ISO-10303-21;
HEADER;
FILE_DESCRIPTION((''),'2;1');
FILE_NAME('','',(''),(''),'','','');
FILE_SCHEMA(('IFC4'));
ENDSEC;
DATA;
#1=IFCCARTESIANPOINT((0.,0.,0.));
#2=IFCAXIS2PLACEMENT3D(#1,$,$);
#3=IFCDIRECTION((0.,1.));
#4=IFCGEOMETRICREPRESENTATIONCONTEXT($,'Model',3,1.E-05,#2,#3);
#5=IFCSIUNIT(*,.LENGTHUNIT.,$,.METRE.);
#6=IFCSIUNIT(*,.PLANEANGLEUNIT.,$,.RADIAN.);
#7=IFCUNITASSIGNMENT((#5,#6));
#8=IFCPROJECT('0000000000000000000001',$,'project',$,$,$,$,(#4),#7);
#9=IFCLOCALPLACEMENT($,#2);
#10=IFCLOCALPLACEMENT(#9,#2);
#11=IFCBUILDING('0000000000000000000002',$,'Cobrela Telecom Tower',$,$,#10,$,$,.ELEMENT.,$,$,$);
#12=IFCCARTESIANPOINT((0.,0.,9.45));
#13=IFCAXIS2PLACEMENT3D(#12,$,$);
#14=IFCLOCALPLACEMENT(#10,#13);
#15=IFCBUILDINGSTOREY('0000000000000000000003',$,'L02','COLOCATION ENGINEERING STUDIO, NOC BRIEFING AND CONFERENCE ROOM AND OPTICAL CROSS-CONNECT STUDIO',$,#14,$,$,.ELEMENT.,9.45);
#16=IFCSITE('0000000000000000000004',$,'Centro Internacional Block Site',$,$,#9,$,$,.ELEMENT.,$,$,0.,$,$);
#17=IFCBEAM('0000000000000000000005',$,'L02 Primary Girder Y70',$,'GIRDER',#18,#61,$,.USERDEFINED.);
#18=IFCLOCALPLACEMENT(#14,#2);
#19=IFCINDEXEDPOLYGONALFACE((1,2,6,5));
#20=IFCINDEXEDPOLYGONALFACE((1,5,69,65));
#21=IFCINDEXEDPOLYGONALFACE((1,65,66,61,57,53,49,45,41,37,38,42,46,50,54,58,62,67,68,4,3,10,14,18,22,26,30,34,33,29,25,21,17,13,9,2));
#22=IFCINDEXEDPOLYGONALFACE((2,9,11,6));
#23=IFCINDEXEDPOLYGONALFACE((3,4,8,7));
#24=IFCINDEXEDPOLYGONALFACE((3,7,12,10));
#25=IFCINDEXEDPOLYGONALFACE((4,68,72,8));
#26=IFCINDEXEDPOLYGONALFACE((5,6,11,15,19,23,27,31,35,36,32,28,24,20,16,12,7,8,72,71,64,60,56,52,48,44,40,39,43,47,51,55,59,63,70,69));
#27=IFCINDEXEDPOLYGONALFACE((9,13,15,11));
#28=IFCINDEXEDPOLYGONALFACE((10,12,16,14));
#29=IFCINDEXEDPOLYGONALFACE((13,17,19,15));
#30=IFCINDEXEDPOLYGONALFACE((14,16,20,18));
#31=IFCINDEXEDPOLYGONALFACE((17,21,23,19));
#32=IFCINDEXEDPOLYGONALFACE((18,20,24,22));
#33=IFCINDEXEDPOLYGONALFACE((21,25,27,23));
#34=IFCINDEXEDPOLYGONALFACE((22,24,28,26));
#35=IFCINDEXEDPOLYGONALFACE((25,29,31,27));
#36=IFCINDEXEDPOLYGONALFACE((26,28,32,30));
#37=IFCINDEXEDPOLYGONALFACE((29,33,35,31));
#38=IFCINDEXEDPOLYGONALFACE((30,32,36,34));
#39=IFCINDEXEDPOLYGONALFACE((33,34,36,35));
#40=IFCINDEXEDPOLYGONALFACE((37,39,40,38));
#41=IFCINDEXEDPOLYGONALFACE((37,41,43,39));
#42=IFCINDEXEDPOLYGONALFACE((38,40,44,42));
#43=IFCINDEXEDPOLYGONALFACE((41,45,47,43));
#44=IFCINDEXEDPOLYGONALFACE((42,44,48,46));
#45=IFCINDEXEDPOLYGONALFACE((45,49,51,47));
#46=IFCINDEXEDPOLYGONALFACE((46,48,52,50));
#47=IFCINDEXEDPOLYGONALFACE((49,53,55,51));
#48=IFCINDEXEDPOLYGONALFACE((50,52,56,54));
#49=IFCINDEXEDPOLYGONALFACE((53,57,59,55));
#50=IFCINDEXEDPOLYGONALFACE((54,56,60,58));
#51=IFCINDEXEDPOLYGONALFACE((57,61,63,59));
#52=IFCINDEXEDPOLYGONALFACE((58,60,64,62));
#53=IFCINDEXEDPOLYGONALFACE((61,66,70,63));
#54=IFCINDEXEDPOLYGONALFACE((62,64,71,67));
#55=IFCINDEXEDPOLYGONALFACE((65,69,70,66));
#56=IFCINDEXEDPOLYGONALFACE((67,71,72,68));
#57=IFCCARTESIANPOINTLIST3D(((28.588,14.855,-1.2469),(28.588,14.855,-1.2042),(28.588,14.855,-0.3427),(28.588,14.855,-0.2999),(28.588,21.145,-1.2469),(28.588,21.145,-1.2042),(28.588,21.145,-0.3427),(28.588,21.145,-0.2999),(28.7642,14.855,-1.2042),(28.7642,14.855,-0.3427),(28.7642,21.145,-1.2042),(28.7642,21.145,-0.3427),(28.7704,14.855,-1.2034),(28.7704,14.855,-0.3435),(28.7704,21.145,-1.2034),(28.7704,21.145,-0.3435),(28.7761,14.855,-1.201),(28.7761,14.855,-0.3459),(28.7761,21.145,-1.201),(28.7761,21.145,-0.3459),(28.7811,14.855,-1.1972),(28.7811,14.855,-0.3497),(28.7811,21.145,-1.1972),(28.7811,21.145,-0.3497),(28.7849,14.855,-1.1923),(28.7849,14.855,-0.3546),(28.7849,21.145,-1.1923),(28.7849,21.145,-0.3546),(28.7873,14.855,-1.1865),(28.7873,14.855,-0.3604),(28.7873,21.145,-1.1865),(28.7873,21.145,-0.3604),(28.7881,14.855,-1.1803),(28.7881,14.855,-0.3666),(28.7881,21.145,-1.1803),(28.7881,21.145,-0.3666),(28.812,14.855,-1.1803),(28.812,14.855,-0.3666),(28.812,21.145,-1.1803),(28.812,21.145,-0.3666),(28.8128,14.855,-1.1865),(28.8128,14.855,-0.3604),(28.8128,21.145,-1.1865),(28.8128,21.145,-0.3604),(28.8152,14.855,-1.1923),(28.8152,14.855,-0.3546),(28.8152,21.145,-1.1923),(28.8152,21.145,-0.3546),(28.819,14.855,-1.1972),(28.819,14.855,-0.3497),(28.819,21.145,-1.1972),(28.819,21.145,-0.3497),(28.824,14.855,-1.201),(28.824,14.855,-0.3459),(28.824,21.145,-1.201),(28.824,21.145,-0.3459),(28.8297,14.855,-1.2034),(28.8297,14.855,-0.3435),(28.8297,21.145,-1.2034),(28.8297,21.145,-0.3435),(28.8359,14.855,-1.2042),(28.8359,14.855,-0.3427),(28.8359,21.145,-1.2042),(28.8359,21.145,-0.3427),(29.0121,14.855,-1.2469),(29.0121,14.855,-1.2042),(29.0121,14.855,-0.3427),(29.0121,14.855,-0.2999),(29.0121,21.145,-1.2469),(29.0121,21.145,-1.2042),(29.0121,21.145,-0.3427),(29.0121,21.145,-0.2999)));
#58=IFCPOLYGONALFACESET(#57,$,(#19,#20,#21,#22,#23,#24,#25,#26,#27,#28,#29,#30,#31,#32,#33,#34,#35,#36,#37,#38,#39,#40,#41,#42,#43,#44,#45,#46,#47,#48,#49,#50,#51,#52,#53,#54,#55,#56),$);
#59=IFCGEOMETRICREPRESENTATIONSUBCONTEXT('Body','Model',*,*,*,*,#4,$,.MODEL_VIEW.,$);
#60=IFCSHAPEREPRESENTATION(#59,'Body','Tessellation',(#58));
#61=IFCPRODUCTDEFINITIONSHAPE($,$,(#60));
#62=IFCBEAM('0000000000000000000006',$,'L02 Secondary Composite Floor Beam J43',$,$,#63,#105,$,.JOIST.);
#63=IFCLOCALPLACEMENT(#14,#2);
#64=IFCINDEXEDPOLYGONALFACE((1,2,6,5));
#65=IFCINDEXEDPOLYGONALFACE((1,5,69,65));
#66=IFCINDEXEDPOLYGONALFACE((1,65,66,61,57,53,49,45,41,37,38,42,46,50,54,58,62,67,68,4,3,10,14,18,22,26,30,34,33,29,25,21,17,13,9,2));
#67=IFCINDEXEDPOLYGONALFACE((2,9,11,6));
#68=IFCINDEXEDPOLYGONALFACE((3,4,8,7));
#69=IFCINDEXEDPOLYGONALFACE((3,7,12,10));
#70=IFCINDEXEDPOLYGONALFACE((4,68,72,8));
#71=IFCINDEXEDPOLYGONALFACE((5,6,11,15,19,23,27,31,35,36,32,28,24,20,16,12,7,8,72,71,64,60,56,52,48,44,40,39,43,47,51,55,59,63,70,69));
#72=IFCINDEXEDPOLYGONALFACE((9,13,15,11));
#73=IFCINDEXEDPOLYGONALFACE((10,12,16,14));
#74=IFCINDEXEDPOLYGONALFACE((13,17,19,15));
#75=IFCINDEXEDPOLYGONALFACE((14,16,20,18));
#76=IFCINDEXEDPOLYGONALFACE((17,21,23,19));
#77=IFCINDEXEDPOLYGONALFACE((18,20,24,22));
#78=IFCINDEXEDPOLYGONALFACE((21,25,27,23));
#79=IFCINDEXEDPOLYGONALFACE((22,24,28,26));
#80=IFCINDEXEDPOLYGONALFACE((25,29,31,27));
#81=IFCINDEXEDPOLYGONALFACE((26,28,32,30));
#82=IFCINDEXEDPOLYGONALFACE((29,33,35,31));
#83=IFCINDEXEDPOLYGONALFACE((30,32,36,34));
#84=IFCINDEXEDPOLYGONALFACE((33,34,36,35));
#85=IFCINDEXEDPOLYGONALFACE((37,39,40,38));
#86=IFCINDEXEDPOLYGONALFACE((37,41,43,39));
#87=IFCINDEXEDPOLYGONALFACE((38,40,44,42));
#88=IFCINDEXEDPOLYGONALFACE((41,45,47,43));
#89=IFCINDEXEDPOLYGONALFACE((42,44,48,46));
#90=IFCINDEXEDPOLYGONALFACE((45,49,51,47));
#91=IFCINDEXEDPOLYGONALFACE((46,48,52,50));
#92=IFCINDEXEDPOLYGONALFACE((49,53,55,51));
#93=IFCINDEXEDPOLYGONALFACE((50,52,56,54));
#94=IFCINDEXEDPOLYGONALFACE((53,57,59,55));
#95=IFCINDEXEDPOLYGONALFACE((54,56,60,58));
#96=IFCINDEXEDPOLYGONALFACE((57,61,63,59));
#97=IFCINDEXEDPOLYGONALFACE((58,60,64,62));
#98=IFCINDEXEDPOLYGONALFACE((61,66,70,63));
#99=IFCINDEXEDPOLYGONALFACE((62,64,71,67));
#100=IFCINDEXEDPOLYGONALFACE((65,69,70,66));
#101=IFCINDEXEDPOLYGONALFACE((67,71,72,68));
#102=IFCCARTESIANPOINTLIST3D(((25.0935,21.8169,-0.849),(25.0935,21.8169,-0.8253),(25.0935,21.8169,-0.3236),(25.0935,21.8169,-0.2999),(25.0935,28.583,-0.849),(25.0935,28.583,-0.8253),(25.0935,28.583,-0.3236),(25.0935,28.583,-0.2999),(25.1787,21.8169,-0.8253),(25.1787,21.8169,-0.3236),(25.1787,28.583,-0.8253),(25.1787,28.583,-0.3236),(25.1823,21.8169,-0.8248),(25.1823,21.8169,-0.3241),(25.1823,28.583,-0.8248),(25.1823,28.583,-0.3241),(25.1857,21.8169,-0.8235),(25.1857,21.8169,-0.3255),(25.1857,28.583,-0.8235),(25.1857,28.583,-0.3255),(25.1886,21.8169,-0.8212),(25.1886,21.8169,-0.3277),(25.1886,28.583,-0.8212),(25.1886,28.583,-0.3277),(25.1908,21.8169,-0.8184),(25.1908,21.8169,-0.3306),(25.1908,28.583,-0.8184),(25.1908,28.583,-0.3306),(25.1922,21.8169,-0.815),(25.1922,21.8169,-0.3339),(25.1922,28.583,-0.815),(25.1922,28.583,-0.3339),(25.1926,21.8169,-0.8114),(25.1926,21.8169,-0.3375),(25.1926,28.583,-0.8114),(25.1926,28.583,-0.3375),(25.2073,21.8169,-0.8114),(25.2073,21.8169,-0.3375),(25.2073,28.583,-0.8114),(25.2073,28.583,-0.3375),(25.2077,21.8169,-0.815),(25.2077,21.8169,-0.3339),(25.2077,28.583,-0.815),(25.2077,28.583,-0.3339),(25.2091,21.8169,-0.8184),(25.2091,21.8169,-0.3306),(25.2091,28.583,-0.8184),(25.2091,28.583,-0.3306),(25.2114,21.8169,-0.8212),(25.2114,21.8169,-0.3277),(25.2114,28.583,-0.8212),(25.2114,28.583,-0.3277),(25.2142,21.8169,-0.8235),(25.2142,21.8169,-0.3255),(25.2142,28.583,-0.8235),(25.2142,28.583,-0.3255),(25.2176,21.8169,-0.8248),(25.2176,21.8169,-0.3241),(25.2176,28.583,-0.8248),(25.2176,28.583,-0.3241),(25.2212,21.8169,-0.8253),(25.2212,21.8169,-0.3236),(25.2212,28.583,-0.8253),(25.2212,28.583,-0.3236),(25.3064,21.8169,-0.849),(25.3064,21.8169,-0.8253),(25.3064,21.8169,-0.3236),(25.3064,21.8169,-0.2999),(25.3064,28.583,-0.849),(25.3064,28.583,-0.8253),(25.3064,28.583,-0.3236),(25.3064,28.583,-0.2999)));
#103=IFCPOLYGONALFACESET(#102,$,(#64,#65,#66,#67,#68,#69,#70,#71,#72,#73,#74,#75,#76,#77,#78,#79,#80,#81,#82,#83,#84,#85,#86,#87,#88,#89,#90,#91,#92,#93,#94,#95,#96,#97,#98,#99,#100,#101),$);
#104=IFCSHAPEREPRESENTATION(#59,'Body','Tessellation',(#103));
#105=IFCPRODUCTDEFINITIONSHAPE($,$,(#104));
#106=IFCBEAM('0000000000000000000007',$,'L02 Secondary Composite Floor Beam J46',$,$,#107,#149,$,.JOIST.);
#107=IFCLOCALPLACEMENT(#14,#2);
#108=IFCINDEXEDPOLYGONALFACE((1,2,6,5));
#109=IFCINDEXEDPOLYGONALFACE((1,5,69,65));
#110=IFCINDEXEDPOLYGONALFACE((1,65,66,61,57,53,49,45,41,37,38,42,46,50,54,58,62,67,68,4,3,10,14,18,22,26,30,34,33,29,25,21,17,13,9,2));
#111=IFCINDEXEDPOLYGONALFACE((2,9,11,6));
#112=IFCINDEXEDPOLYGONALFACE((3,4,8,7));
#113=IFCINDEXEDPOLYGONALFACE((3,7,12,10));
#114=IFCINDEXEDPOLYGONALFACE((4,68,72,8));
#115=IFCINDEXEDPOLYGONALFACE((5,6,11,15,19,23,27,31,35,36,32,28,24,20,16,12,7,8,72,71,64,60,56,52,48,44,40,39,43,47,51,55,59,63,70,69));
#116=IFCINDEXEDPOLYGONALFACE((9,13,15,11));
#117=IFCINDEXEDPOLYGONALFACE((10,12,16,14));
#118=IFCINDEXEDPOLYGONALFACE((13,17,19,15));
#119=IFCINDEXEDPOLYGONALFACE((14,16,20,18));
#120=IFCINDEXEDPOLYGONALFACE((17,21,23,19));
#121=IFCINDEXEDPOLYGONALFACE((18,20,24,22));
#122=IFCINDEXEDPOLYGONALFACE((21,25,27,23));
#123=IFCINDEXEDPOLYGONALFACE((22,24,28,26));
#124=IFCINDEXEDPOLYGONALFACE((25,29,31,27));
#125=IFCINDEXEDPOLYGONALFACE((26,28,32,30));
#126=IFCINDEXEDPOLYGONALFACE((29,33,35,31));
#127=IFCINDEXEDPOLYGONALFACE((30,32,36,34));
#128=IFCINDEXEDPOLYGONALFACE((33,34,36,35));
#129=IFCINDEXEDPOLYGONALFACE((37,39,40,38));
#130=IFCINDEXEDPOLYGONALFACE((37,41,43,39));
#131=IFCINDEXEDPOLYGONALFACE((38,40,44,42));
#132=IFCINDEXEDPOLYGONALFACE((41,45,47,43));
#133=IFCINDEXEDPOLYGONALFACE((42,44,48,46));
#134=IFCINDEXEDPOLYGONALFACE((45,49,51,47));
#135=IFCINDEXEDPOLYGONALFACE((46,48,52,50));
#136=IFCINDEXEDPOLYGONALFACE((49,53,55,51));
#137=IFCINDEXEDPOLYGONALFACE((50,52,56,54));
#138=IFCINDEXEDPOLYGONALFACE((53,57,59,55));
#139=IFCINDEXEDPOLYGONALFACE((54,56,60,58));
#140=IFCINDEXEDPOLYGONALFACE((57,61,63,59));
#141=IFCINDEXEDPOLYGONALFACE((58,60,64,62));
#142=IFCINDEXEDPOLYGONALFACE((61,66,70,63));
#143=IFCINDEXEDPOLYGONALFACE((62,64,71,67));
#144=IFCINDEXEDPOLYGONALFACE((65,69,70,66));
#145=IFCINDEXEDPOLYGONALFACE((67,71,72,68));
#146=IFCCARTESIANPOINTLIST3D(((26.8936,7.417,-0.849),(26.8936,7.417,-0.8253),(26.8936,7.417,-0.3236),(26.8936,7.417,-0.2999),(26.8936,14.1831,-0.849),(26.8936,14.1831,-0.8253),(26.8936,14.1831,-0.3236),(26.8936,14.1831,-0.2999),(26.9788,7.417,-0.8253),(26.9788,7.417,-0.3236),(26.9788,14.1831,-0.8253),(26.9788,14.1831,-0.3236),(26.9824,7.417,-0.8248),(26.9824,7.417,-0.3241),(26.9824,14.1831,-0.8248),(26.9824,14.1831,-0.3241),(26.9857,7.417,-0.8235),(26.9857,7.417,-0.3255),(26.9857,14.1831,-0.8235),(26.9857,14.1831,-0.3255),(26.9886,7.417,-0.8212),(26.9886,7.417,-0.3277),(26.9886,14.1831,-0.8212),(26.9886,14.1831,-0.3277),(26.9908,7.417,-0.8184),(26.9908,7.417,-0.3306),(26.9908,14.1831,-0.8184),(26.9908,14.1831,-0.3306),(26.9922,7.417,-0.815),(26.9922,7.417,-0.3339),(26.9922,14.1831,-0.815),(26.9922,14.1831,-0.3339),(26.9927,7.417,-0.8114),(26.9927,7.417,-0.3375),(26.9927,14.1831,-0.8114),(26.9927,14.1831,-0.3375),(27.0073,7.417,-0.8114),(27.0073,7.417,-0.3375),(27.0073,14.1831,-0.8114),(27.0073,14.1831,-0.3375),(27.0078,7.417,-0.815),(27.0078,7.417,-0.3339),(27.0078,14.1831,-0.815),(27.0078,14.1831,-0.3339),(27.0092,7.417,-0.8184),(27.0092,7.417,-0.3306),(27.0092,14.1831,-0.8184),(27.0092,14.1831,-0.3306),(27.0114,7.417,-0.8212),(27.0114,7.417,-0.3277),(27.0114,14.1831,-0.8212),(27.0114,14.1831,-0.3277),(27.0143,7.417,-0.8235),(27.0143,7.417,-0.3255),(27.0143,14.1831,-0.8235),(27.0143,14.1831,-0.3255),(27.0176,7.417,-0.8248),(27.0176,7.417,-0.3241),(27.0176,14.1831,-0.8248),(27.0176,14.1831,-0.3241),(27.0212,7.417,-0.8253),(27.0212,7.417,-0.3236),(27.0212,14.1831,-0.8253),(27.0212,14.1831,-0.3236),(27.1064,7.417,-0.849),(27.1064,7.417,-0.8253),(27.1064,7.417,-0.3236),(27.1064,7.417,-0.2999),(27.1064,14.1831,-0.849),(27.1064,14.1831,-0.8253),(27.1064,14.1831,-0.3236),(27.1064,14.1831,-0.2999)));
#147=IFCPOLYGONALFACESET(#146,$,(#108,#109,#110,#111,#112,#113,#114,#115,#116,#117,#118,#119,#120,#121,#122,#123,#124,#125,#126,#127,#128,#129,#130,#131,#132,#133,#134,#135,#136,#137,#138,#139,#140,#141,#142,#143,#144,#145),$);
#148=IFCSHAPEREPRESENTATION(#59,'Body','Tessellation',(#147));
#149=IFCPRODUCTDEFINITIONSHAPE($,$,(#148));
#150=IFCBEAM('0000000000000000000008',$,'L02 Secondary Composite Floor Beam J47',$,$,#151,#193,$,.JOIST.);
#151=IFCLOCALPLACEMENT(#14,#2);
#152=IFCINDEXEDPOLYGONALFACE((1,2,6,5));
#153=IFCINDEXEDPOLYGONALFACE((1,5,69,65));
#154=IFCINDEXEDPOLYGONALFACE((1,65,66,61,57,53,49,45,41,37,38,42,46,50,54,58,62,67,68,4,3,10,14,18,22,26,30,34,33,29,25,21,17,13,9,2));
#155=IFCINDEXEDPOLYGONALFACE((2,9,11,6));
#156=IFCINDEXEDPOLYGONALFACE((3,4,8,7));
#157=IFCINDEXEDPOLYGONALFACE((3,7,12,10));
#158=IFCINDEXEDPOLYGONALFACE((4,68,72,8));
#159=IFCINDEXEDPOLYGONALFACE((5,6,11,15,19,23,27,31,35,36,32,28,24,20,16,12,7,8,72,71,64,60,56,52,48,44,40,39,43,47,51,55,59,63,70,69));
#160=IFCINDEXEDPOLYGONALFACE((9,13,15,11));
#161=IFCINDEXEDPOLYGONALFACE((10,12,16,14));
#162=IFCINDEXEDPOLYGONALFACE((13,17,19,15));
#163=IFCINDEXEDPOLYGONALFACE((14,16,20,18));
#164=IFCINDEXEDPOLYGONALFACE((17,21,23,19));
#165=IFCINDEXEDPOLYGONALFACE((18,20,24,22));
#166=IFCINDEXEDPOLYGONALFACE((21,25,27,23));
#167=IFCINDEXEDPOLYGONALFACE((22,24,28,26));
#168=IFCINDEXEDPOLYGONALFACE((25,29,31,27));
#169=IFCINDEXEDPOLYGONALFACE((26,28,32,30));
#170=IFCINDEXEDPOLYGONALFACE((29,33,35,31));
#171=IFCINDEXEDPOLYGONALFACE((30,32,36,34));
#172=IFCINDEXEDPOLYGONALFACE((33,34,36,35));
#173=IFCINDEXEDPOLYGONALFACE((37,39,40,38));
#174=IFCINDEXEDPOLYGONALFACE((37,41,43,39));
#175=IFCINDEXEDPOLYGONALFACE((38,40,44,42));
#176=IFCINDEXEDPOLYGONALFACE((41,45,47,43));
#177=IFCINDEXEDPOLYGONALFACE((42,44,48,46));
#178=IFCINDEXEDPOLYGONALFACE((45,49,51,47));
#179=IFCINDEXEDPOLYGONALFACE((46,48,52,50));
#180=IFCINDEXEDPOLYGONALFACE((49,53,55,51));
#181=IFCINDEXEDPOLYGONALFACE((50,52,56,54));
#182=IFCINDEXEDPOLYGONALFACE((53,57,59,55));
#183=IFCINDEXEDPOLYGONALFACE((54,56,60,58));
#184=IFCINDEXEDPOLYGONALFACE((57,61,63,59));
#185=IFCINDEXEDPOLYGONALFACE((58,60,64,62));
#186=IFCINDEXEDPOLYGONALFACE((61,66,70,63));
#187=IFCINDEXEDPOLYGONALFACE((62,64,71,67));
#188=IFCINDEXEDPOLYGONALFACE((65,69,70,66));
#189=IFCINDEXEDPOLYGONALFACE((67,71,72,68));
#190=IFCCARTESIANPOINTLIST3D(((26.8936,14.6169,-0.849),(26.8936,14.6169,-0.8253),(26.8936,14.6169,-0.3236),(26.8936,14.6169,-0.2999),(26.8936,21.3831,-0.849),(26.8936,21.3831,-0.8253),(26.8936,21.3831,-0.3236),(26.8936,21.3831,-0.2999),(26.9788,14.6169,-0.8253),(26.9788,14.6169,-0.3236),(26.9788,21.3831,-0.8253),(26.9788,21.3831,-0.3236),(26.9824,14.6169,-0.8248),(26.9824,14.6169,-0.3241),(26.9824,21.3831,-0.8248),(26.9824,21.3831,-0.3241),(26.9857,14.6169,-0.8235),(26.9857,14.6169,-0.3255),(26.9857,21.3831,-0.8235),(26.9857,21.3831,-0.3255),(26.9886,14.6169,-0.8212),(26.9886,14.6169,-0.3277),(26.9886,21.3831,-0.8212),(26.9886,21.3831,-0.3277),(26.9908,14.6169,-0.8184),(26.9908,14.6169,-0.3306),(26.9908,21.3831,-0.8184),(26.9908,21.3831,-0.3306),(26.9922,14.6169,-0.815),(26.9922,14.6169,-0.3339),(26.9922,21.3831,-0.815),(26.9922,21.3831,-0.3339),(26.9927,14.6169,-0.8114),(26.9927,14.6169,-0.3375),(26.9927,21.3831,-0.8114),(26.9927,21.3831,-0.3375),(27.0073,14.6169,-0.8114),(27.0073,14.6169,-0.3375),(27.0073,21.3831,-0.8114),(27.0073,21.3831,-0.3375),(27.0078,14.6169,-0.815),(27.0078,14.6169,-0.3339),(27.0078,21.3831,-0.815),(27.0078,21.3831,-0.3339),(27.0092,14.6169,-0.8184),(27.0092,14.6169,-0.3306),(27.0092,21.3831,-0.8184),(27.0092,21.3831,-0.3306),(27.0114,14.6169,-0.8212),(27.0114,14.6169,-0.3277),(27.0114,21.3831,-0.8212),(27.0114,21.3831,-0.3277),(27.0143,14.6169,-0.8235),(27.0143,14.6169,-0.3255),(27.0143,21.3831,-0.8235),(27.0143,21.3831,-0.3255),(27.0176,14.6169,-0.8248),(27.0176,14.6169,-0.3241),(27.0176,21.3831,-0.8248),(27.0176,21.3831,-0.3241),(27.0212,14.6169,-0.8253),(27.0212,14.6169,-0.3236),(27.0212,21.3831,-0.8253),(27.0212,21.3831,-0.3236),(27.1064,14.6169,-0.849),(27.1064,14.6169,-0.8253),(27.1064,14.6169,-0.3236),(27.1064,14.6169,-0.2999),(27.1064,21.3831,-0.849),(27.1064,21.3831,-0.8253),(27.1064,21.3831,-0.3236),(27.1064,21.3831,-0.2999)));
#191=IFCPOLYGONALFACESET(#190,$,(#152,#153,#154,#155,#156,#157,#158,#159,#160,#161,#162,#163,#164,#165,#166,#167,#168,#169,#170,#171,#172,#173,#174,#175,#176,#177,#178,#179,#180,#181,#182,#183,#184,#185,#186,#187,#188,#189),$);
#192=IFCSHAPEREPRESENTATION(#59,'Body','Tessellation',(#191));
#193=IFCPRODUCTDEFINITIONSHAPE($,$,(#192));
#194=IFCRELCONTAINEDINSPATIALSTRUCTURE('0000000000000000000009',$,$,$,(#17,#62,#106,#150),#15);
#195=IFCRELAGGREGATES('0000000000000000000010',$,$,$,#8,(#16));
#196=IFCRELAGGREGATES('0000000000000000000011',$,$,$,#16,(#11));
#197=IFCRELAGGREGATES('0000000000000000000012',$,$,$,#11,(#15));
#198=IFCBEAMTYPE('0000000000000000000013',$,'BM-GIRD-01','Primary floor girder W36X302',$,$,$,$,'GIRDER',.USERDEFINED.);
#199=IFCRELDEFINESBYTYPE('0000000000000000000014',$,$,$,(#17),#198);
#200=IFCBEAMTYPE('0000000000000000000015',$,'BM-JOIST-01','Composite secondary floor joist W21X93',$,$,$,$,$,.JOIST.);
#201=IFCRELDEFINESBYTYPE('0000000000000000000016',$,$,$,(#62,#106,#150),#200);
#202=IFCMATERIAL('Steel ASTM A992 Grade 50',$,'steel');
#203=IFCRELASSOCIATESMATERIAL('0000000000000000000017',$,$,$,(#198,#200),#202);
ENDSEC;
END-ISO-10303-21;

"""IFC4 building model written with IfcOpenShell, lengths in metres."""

from ifc_helpers import new_model, si_unit, direction, frame, origin, origin_2d, place, context, subcontext, project, spatial, i_section, extrude, material, material_profile, profile_set, type_object, element, save


model = new_model("IFC4")

# Units and contexts
model_context = context("Model", 3, precision=1e-05, world=origin(), true_north=direction((0.0, 1.0)))
body_context = subcontext(model_context, "Body", "Model", "MODEL_VIEW")
ifc_project = project(units=[si_unit("LENGTHUNIT", "METRE"), si_unit("PLANEANGLEUNIT", "RADIAN")], contexts=[model_context])

# Site, building, storey
site_placement = place(None, origin())
site = spatial("IfcSite", under=ifc_project, at=site_placement, Name="Centro Internacional Block Site", CompositionType="ELEMENT", RefElevation=0.0)
building_placement = place(site_placement, origin())
building = spatial("IfcBuilding", under=site, at=building_placement, Name="Cobrela Telecom Tower", CompositionType="ELEMENT")
storey_placement = place(building_placement, frame((0.0, 0.0, 9.45)))
storey = spatial("IfcBuildingStorey", under=building, at=storey_placement, Name="L02", Description="COLOCATION ENGINEERING STUDIO, NOC BRIEFING AND CONFERENCE ROOM AND OPTICAL CROSS-CONNECT STUDIO", CompositionType="ELEMENT", Elevation=9.45)

# Beams
ifc_material_1 = material(Name="Steel ASTM A992 Grade 50", Category="steel")
ifc_material_profile_1 = material_profile(ifc_material_1, i_section(OverallWidth=0.4241, OverallDepth=0.947, WebThickness=0.0239, FlangeThickness=0.0427, FilletRadius=0.0239, at=origin_2d()), Name="W36X302")
ifc_profile_set_1 = profile_set([ifc_material_profile_1], Name="Steel ASTM A992 Grade 50")
beam_type_1 = type_object("IfcBeamType", Name="BM-GIRD-01", Description="Primary floor girder W36X302", ElementType="GIRDER", PredefinedType="USERDEFINED", material=ifc_profile_set_1)
for number, where, z_axis, x_axis, name in (
    (1, (28.8, 14.855, -0.7734), (0.0, 1.0, 0.0), (-1.0, 0.0, 0.0), "L02 Primary Girder Y70"),
):
    element("IfcBeam", number, at=place(storey_placement, frame(where, z_axis=z_axis, x_axis=x_axis)), inside=storey, type_object=beam_type_1, Name=name, ObjectType="GIRDER", PredefinedType="USERDEFINED", context=body_context, shape_type="SweptSolid", body=[
        extrude(i_section(OverallWidth=0.4241, OverallDepth=0.947, WebThickness=0.0239, FlangeThickness=0.0427, FilletRadius=0.0239, at=origin_2d()), origin(), (0.0, 0.0, 1.0), 6.29),
    ])
ifc_material_profile_2 = material_profile(ifc_material_1, i_section(OverallWidth=0.2129, OverallDepth=0.5491, WebThickness=0.0146, FlangeThickness=0.0237, FilletRadius=0.0139, at=origin_2d()), Name="W21X93")
ifc_profile_set_2 = profile_set([ifc_material_profile_2], Name="Steel ASTM A992 Grade 50")
beam_type_2 = type_object("IfcBeamType", Name="BM-JOIST-01", Description="Composite secondary floor joist W21X93", PredefinedType="JOIST", material=ifc_profile_set_2)
for number, where, z_axis, x_axis, name in (
    (2, (25.2, 21.8169, -0.5745), (0.0, 1.0, 0.0), (-1.0, 0.0, 0.0), "L02 Secondary Composite Floor Beam J43"),
    (3, (27.0, 7.417, -0.5745), (0.0, 1.0, 0.0), (-1.0, 0.0, 0.0), "L02 Secondary Composite Floor Beam J46"),
    (4, (27.0, 14.6169, -0.5745), (0.0, 1.0, 0.0), (-1.0, 0.0, 0.0), "L02 Secondary Composite Floor Beam J47"),
):
    element("IfcBeam", number, at=place(storey_placement, frame(where, z_axis=z_axis, x_axis=x_axis)), inside=storey, type_object=beam_type_2, Name=name, PredefinedType="JOIST", context=body_context, shape_type="SweptSolid", body=[
        extrude(i_section(OverallWidth=0.2129, OverallDepth=0.5491, WebThickness=0.0146, FlangeThickness=0.0237, FilletRadius=0.0139, at=origin_2d()), origin(), (0.0, 0.0, 1.0), 6.7661),
    ])

save(model, "model.ifc")
